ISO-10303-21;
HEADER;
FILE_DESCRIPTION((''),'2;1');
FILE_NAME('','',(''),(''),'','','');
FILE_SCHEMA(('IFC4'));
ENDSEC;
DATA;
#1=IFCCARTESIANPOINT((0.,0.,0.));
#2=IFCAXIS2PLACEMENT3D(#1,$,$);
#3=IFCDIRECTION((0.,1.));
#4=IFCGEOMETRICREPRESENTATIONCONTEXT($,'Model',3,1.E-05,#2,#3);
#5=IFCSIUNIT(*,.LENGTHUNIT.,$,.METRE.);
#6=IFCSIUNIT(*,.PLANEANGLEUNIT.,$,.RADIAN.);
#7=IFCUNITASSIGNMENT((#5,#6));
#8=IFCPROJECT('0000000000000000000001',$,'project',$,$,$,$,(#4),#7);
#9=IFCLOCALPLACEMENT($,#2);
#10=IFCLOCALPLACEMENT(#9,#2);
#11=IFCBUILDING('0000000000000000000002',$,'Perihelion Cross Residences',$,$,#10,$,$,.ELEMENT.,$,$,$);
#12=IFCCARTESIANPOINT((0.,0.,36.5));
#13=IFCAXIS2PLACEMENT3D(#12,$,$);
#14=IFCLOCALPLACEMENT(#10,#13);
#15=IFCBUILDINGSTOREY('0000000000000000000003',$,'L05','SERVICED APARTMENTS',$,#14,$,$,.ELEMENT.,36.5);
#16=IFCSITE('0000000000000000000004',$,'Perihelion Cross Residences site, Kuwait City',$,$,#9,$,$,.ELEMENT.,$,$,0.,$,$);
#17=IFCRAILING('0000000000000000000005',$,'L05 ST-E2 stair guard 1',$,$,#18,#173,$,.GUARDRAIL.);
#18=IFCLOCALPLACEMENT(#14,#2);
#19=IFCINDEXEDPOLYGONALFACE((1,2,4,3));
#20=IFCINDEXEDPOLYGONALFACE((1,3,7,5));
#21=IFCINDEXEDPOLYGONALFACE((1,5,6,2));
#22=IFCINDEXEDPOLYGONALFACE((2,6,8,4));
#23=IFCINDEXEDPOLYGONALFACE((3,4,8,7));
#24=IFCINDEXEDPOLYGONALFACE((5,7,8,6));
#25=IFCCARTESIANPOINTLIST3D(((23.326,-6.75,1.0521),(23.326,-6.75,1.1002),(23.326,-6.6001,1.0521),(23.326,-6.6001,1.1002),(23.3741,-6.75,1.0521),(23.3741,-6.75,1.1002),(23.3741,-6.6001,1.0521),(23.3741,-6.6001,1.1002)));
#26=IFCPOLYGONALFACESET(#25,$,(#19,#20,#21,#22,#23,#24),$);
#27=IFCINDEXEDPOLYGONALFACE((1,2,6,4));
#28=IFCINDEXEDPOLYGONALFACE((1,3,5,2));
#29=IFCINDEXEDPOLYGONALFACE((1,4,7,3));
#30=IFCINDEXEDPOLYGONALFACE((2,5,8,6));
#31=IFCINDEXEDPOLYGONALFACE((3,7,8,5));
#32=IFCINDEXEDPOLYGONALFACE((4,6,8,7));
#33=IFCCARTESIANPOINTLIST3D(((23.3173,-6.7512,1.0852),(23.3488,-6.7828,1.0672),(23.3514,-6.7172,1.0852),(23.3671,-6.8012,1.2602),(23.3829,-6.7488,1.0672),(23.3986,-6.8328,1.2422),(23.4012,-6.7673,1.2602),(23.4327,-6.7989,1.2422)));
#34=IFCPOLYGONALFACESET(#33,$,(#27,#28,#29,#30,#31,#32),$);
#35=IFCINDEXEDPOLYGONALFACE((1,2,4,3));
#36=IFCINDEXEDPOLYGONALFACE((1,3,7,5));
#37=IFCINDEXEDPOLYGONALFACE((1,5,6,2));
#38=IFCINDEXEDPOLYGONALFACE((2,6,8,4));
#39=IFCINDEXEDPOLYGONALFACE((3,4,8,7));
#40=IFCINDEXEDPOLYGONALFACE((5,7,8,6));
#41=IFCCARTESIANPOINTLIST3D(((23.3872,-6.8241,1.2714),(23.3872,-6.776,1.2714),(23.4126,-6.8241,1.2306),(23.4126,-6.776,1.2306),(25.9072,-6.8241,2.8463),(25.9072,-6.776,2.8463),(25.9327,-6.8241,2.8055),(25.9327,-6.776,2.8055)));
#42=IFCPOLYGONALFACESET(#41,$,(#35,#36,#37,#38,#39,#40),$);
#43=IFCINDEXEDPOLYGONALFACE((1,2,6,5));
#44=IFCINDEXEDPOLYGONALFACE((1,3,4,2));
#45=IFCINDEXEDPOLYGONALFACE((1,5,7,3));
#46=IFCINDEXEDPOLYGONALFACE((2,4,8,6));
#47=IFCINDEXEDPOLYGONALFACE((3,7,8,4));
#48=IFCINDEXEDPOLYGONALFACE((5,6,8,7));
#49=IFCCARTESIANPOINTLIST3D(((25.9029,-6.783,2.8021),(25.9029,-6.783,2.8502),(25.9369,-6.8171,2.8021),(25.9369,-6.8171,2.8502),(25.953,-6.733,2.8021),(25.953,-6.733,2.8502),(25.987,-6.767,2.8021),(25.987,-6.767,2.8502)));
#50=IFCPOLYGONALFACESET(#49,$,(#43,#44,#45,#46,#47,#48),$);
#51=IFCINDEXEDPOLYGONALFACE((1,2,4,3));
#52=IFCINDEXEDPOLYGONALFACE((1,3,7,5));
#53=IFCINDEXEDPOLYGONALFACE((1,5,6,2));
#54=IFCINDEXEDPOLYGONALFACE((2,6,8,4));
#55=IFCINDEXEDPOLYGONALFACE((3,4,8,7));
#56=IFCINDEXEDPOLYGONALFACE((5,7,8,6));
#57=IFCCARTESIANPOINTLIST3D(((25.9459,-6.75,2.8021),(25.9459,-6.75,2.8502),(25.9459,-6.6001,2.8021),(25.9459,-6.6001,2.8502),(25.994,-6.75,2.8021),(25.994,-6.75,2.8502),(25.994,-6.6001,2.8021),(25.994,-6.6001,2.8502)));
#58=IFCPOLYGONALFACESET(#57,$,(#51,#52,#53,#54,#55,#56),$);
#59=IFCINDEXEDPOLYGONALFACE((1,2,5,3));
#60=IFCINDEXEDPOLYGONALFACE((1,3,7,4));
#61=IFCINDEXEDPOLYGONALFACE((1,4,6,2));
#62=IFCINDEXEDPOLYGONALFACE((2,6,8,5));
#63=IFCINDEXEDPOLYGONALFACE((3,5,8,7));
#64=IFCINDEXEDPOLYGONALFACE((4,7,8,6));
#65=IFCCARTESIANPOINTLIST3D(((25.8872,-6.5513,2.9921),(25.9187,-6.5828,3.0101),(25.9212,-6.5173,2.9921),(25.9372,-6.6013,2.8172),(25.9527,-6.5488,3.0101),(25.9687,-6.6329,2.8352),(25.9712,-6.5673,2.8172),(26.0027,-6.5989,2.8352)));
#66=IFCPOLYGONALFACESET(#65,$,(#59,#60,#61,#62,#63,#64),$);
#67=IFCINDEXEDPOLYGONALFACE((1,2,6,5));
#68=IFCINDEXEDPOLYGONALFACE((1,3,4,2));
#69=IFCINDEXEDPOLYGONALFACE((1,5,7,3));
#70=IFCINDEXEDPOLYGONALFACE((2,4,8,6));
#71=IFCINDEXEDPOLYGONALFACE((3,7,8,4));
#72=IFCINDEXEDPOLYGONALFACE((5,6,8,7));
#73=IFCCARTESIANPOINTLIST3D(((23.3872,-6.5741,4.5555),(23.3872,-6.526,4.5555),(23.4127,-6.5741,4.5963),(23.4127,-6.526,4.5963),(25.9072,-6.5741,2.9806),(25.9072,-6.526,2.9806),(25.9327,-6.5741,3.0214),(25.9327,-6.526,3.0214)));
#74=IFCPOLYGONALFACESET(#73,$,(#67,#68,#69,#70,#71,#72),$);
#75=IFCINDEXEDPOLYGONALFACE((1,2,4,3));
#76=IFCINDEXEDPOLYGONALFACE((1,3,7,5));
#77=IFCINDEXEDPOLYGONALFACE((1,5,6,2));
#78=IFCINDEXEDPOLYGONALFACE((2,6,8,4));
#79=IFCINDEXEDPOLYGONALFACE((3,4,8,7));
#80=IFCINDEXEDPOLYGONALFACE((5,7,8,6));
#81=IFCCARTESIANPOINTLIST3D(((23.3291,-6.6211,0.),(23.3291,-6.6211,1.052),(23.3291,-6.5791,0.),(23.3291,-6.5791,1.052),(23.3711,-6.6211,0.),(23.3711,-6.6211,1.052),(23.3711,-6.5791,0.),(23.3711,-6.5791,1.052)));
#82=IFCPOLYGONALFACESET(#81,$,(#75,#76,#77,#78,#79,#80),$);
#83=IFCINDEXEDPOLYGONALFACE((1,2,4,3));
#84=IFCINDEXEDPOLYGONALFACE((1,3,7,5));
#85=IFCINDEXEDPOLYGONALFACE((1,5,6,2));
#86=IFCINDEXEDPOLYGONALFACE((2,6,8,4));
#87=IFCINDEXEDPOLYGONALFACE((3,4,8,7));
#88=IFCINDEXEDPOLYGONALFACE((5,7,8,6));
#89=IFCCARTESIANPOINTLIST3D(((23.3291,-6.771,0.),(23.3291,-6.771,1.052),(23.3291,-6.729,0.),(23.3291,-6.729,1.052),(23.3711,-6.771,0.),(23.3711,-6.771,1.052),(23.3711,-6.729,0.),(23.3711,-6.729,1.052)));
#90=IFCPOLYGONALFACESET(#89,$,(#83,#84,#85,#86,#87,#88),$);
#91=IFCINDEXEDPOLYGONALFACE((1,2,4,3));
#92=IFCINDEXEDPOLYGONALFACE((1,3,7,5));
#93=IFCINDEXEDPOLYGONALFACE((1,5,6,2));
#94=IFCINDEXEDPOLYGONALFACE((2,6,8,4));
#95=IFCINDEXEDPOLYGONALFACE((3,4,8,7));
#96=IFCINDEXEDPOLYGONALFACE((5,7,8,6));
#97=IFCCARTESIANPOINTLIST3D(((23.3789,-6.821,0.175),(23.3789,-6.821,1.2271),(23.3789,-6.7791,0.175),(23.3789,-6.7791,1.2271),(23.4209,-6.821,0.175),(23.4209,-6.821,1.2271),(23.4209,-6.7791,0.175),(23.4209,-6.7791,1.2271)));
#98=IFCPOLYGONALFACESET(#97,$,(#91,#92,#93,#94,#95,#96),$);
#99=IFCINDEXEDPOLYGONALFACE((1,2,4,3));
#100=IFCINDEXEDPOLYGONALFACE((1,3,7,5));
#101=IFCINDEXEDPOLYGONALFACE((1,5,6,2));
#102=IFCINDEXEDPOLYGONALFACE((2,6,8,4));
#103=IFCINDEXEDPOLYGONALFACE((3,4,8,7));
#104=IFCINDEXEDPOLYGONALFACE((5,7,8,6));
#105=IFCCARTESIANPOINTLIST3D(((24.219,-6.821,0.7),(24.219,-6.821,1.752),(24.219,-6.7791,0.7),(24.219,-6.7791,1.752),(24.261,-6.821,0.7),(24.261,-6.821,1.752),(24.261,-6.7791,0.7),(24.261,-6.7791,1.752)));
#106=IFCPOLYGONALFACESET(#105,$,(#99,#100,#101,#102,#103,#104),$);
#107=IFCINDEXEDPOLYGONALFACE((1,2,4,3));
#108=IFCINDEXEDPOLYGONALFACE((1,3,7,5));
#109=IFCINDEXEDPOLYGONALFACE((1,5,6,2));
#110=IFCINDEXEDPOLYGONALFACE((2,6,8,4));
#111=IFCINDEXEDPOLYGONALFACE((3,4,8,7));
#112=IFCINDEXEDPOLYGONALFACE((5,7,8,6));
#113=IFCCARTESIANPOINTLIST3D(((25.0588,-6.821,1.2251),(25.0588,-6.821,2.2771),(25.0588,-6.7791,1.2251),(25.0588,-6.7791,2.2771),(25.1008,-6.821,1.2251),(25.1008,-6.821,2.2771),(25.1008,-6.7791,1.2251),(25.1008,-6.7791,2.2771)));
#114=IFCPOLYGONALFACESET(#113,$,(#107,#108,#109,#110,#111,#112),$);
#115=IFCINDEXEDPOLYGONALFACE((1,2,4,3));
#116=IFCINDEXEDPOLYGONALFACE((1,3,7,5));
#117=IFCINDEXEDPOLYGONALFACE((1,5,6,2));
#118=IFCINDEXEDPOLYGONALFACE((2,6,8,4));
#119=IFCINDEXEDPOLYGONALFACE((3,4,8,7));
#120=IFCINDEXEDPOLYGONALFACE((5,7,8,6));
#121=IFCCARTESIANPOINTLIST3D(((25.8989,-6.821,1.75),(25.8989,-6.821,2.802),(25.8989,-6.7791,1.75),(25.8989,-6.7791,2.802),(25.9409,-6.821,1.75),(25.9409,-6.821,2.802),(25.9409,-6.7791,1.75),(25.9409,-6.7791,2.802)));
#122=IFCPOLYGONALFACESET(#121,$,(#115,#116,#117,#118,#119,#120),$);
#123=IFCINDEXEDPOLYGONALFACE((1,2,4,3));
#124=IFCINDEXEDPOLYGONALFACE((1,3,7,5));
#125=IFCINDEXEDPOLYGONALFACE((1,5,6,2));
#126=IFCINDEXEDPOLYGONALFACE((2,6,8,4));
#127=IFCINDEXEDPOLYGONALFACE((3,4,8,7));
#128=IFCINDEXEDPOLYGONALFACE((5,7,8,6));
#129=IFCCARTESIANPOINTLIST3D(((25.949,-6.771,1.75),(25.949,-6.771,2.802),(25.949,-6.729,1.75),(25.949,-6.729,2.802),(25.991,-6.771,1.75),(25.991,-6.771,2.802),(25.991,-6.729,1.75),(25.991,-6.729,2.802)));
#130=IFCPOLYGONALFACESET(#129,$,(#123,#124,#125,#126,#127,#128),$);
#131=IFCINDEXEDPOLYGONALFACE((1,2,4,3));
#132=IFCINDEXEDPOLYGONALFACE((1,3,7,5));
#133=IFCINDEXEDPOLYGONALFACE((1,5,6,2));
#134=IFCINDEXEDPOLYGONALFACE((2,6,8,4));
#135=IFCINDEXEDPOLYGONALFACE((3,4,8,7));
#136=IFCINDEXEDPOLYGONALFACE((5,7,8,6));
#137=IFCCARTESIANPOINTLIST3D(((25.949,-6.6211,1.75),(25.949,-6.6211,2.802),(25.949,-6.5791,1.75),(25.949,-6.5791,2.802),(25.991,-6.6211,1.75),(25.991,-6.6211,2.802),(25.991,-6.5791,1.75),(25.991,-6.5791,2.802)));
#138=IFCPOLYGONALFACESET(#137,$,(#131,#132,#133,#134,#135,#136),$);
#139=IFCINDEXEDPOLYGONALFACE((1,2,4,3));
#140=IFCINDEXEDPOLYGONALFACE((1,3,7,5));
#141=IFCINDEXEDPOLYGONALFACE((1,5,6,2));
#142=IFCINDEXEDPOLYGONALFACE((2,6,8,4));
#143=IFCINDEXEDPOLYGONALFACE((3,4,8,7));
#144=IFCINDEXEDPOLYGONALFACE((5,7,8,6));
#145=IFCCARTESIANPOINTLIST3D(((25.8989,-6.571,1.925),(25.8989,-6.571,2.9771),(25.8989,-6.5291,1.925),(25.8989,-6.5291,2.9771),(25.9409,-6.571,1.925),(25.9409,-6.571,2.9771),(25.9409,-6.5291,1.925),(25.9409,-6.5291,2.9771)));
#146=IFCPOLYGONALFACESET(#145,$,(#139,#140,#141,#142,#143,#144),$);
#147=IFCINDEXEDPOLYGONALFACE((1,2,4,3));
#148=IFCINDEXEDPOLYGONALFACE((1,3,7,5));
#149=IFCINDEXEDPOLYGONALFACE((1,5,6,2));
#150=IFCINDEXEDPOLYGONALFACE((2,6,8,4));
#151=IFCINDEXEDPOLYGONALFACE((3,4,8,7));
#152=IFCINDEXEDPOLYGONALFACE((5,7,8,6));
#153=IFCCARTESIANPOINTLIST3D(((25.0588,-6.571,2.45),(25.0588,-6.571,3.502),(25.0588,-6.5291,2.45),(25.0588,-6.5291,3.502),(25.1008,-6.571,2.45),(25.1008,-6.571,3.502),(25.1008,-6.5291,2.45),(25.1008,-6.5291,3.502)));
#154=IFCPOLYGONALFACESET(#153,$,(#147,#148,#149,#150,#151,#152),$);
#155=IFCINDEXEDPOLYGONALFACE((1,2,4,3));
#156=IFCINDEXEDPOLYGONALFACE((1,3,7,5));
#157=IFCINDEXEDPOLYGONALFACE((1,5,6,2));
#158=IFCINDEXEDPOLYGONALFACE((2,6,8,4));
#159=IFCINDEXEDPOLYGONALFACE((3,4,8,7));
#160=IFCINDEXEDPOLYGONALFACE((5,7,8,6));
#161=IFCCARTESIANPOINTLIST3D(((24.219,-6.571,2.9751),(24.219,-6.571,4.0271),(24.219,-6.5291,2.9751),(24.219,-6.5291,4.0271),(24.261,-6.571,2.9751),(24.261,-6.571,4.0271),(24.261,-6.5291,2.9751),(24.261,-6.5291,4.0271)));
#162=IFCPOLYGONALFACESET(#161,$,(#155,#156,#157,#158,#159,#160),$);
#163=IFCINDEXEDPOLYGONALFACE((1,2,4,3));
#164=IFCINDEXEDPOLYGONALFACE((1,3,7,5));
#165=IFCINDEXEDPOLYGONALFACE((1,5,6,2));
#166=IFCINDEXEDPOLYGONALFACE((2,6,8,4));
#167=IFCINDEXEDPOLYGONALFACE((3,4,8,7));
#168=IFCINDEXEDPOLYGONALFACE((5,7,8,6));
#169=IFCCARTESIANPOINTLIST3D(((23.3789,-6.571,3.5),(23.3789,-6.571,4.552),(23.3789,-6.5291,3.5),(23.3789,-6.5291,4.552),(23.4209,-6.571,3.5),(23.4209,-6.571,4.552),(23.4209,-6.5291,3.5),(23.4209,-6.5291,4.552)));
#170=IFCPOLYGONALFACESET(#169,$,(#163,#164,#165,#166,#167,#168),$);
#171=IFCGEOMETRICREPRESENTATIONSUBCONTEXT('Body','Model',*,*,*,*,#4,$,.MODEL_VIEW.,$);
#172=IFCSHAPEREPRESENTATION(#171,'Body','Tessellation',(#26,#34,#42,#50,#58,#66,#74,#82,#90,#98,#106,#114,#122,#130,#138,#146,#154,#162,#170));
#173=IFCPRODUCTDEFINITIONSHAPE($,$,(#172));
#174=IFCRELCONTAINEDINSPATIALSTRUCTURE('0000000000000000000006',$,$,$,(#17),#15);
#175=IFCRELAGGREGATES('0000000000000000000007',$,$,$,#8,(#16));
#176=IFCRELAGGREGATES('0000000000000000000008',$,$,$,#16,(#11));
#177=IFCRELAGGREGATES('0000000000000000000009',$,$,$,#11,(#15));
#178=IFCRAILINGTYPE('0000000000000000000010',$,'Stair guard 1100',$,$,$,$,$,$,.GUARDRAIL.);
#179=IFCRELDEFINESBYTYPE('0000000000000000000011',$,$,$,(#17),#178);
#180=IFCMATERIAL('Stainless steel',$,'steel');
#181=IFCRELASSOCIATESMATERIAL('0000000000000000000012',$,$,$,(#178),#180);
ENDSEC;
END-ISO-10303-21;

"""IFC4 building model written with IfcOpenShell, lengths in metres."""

from ifc_helpers import new_model, si_unit, direction, frame, origin, origin_2d, place, context, subcontext, project, spatial, rectangle, extrude, material, type_object, element, save


model = new_model("IFC4")

# Units and contexts
model_context = context("Model", 3, precision=1e-05, world=origin(), true_north=direction((0.0, 1.0)))
body_context = subcontext(model_context, "Body", "Model", "MODEL_VIEW")
ifc_project = project(units=[si_unit("LENGTHUNIT", "METRE"), si_unit("PLANEANGLEUNIT", "RADIAN")], contexts=[model_context])

# Site, building, storey
site_placement = place(None, origin())
site = spatial("IfcSite", under=ifc_project, at=site_placement, Name="Perihelion Cross Residences site, Kuwait City", CompositionType="ELEMENT", RefElevation=0.0)
building_placement = place(site_placement, origin())
building = spatial("IfcBuilding", under=site, at=building_placement, Name="Perihelion Cross Residences", CompositionType="ELEMENT")
storey_placement = place(building_placement, frame((0.0, 0.0, 36.5)))
storey = spatial("IfcBuildingStorey", under=building, at=storey_placement, Name="L05", Description="SERVICED APARTMENTS", CompositionType="ELEMENT", Elevation=36.5)

# Railing
ifc_material_1 = material(Name="Stainless steel", Category="steel")
railing_type_1 = type_object("IfcRailingType", Name="Stair guard 1100", PredefinedType="GUARDRAIL", material=ifc_material_1)
railing_1_placement = place(storey_placement, frame((23.3501, -6.6001, 0.0)))
element("IfcRailing", 1, at=railing_1_placement, inside=storey, type_object=railing_type_1, Name="L05 ST-E2 stair guard 1", PredefinedType="GUARDRAIL", context=body_context, shape_type="SweptSolid", body=[
    extrude(rectangle(XDim=0.0481, YDim=0.0481, at=origin_2d()), frame((0.0, 0.0, 1.0762), z_axis=(0.0, -1.0, 0.0), x_axis=(1.0, 0.0, 0.0)), (0.0, 0.0, 1.0), 0.1499),
    extrude(rectangle(XDim=0.0481, YDim=0.0481, at=origin_2d()), frame((0.0, -0.1499, 1.0762), z_axis=(0.263862, -0.265156, 0.927399), x_axis=(0.708834, 0.705376, 0.0)), (0.0, 0.0, 1.0), 0.1887),
    extrude(rectangle(XDim=0.0481, YDim=0.0481, at=origin_2d()), frame((0.0498, -0.2, 1.251), z_axis=(0.848008, 0.0, 0.529984), x_axis=(0.0, 1.0, 0.0)), (0.0, 0.0, 1.0), 2.9717),
    extrude(rectangle(XDim=0.0481, YDim=0.0481, at=origin_2d()), frame((2.5698, -0.2, 2.8262), z_axis=(0.707107, 0.707107, 0.0), x_axis=(-0.707107, 0.707107, 0.0)), (0.0, 0.0, 1.0), 0.0708),
    extrude(rectangle(XDim=0.0481, YDim=0.0481, at=origin_2d()), frame((2.6199, -0.1499, 2.8262), z_axis=(0.0, 1.0, 0.0), x_axis=(-1.0, 0.0, 0.0)), (0.0, 0.0, 1.0), 0.1499),
    extrude(rectangle(XDim=0.0481, YDim=0.0481, at=origin_2d()), frame((2.6199, 0.0, 2.8262), z_axis=(-0.265065, 0.265065, 0.927082), x_axis=(-0.707107, -0.707107, 0.0)), (0.0, 0.0, 1.0), 0.1887),
    extrude(rectangle(XDim=0.0481, YDim=0.0481, at=origin_2d()), frame((2.5698, 0.05, 3.001), z_axis=(-0.848008, 0.0, 0.529984), x_axis=(0.0, -1.0, 0.0)), (0.0, 0.0, 1.0), 2.9717),
    extrude(rectangle(XDim=0.042, YDim=0.042, at=origin_2d()), origin(), (0.0, 0.0, 1.0), 1.052),
    extrude(rectangle(XDim=0.042, YDim=0.042, at=origin_2d()), frame((0.0, -0.1499, 0.0)), (0.0, 0.0, 1.0), 1.052),
    extrude(rectangle(XDim=0.042, YDim=0.042, at=origin_2d()), frame((0.0498, -0.2, 0.175)), (0.0, 0.0, 1.0), 1.052),
    extrude(rectangle(XDim=0.042, YDim=0.042, at=origin_2d()), frame((0.8899, -0.2, 0.7)), (0.0, 0.0, 1.0), 1.052),
    extrude(rectangle(XDim=0.042, YDim=0.042, at=origin_2d()), frame((1.7297, -0.2, 1.2251)), (0.0, 0.0, 1.0), 1.052),
    extrude(rectangle(XDim=0.042, YDim=0.042, at=origin_2d()), frame((2.5698, -0.2, 1.75)), (0.0, 0.0, 1.0), 1.052),
    extrude(rectangle(XDim=0.042, YDim=0.042, at=origin_2d()), frame((2.6199, -0.1499, 1.75)), (0.0, 0.0, 1.0), 1.052),
    extrude(rectangle(XDim=0.042, YDim=0.042, at=origin_2d()), frame((2.6199, 0.0, 1.75)), (0.0, 0.0, 1.0), 1.052),
    extrude(rectangle(XDim=0.042, YDim=0.042, at=origin_2d()), frame((2.5698, 0.05, 1.925)), (0.0, 0.0, 1.0), 1.052),
    extrude(rectangle(XDim=0.042, YDim=0.042, at=origin_2d()), frame((1.7297, 0.05, 2.45)), (0.0, 0.0, 1.0), 1.052),
    extrude(rectangle(XDim=0.042, YDim=0.042, at=origin_2d()), frame((0.8899, 0.05, 2.9751)), (0.0, 0.0, 1.0), 1.052),
    extrude(rectangle(XDim=0.042, YDim=0.042, at=origin_2d()), frame((0.0498, 0.05, 3.5)), (0.0, 0.0, 1.0), 1.052),
])

save(model, "model.ifc")
